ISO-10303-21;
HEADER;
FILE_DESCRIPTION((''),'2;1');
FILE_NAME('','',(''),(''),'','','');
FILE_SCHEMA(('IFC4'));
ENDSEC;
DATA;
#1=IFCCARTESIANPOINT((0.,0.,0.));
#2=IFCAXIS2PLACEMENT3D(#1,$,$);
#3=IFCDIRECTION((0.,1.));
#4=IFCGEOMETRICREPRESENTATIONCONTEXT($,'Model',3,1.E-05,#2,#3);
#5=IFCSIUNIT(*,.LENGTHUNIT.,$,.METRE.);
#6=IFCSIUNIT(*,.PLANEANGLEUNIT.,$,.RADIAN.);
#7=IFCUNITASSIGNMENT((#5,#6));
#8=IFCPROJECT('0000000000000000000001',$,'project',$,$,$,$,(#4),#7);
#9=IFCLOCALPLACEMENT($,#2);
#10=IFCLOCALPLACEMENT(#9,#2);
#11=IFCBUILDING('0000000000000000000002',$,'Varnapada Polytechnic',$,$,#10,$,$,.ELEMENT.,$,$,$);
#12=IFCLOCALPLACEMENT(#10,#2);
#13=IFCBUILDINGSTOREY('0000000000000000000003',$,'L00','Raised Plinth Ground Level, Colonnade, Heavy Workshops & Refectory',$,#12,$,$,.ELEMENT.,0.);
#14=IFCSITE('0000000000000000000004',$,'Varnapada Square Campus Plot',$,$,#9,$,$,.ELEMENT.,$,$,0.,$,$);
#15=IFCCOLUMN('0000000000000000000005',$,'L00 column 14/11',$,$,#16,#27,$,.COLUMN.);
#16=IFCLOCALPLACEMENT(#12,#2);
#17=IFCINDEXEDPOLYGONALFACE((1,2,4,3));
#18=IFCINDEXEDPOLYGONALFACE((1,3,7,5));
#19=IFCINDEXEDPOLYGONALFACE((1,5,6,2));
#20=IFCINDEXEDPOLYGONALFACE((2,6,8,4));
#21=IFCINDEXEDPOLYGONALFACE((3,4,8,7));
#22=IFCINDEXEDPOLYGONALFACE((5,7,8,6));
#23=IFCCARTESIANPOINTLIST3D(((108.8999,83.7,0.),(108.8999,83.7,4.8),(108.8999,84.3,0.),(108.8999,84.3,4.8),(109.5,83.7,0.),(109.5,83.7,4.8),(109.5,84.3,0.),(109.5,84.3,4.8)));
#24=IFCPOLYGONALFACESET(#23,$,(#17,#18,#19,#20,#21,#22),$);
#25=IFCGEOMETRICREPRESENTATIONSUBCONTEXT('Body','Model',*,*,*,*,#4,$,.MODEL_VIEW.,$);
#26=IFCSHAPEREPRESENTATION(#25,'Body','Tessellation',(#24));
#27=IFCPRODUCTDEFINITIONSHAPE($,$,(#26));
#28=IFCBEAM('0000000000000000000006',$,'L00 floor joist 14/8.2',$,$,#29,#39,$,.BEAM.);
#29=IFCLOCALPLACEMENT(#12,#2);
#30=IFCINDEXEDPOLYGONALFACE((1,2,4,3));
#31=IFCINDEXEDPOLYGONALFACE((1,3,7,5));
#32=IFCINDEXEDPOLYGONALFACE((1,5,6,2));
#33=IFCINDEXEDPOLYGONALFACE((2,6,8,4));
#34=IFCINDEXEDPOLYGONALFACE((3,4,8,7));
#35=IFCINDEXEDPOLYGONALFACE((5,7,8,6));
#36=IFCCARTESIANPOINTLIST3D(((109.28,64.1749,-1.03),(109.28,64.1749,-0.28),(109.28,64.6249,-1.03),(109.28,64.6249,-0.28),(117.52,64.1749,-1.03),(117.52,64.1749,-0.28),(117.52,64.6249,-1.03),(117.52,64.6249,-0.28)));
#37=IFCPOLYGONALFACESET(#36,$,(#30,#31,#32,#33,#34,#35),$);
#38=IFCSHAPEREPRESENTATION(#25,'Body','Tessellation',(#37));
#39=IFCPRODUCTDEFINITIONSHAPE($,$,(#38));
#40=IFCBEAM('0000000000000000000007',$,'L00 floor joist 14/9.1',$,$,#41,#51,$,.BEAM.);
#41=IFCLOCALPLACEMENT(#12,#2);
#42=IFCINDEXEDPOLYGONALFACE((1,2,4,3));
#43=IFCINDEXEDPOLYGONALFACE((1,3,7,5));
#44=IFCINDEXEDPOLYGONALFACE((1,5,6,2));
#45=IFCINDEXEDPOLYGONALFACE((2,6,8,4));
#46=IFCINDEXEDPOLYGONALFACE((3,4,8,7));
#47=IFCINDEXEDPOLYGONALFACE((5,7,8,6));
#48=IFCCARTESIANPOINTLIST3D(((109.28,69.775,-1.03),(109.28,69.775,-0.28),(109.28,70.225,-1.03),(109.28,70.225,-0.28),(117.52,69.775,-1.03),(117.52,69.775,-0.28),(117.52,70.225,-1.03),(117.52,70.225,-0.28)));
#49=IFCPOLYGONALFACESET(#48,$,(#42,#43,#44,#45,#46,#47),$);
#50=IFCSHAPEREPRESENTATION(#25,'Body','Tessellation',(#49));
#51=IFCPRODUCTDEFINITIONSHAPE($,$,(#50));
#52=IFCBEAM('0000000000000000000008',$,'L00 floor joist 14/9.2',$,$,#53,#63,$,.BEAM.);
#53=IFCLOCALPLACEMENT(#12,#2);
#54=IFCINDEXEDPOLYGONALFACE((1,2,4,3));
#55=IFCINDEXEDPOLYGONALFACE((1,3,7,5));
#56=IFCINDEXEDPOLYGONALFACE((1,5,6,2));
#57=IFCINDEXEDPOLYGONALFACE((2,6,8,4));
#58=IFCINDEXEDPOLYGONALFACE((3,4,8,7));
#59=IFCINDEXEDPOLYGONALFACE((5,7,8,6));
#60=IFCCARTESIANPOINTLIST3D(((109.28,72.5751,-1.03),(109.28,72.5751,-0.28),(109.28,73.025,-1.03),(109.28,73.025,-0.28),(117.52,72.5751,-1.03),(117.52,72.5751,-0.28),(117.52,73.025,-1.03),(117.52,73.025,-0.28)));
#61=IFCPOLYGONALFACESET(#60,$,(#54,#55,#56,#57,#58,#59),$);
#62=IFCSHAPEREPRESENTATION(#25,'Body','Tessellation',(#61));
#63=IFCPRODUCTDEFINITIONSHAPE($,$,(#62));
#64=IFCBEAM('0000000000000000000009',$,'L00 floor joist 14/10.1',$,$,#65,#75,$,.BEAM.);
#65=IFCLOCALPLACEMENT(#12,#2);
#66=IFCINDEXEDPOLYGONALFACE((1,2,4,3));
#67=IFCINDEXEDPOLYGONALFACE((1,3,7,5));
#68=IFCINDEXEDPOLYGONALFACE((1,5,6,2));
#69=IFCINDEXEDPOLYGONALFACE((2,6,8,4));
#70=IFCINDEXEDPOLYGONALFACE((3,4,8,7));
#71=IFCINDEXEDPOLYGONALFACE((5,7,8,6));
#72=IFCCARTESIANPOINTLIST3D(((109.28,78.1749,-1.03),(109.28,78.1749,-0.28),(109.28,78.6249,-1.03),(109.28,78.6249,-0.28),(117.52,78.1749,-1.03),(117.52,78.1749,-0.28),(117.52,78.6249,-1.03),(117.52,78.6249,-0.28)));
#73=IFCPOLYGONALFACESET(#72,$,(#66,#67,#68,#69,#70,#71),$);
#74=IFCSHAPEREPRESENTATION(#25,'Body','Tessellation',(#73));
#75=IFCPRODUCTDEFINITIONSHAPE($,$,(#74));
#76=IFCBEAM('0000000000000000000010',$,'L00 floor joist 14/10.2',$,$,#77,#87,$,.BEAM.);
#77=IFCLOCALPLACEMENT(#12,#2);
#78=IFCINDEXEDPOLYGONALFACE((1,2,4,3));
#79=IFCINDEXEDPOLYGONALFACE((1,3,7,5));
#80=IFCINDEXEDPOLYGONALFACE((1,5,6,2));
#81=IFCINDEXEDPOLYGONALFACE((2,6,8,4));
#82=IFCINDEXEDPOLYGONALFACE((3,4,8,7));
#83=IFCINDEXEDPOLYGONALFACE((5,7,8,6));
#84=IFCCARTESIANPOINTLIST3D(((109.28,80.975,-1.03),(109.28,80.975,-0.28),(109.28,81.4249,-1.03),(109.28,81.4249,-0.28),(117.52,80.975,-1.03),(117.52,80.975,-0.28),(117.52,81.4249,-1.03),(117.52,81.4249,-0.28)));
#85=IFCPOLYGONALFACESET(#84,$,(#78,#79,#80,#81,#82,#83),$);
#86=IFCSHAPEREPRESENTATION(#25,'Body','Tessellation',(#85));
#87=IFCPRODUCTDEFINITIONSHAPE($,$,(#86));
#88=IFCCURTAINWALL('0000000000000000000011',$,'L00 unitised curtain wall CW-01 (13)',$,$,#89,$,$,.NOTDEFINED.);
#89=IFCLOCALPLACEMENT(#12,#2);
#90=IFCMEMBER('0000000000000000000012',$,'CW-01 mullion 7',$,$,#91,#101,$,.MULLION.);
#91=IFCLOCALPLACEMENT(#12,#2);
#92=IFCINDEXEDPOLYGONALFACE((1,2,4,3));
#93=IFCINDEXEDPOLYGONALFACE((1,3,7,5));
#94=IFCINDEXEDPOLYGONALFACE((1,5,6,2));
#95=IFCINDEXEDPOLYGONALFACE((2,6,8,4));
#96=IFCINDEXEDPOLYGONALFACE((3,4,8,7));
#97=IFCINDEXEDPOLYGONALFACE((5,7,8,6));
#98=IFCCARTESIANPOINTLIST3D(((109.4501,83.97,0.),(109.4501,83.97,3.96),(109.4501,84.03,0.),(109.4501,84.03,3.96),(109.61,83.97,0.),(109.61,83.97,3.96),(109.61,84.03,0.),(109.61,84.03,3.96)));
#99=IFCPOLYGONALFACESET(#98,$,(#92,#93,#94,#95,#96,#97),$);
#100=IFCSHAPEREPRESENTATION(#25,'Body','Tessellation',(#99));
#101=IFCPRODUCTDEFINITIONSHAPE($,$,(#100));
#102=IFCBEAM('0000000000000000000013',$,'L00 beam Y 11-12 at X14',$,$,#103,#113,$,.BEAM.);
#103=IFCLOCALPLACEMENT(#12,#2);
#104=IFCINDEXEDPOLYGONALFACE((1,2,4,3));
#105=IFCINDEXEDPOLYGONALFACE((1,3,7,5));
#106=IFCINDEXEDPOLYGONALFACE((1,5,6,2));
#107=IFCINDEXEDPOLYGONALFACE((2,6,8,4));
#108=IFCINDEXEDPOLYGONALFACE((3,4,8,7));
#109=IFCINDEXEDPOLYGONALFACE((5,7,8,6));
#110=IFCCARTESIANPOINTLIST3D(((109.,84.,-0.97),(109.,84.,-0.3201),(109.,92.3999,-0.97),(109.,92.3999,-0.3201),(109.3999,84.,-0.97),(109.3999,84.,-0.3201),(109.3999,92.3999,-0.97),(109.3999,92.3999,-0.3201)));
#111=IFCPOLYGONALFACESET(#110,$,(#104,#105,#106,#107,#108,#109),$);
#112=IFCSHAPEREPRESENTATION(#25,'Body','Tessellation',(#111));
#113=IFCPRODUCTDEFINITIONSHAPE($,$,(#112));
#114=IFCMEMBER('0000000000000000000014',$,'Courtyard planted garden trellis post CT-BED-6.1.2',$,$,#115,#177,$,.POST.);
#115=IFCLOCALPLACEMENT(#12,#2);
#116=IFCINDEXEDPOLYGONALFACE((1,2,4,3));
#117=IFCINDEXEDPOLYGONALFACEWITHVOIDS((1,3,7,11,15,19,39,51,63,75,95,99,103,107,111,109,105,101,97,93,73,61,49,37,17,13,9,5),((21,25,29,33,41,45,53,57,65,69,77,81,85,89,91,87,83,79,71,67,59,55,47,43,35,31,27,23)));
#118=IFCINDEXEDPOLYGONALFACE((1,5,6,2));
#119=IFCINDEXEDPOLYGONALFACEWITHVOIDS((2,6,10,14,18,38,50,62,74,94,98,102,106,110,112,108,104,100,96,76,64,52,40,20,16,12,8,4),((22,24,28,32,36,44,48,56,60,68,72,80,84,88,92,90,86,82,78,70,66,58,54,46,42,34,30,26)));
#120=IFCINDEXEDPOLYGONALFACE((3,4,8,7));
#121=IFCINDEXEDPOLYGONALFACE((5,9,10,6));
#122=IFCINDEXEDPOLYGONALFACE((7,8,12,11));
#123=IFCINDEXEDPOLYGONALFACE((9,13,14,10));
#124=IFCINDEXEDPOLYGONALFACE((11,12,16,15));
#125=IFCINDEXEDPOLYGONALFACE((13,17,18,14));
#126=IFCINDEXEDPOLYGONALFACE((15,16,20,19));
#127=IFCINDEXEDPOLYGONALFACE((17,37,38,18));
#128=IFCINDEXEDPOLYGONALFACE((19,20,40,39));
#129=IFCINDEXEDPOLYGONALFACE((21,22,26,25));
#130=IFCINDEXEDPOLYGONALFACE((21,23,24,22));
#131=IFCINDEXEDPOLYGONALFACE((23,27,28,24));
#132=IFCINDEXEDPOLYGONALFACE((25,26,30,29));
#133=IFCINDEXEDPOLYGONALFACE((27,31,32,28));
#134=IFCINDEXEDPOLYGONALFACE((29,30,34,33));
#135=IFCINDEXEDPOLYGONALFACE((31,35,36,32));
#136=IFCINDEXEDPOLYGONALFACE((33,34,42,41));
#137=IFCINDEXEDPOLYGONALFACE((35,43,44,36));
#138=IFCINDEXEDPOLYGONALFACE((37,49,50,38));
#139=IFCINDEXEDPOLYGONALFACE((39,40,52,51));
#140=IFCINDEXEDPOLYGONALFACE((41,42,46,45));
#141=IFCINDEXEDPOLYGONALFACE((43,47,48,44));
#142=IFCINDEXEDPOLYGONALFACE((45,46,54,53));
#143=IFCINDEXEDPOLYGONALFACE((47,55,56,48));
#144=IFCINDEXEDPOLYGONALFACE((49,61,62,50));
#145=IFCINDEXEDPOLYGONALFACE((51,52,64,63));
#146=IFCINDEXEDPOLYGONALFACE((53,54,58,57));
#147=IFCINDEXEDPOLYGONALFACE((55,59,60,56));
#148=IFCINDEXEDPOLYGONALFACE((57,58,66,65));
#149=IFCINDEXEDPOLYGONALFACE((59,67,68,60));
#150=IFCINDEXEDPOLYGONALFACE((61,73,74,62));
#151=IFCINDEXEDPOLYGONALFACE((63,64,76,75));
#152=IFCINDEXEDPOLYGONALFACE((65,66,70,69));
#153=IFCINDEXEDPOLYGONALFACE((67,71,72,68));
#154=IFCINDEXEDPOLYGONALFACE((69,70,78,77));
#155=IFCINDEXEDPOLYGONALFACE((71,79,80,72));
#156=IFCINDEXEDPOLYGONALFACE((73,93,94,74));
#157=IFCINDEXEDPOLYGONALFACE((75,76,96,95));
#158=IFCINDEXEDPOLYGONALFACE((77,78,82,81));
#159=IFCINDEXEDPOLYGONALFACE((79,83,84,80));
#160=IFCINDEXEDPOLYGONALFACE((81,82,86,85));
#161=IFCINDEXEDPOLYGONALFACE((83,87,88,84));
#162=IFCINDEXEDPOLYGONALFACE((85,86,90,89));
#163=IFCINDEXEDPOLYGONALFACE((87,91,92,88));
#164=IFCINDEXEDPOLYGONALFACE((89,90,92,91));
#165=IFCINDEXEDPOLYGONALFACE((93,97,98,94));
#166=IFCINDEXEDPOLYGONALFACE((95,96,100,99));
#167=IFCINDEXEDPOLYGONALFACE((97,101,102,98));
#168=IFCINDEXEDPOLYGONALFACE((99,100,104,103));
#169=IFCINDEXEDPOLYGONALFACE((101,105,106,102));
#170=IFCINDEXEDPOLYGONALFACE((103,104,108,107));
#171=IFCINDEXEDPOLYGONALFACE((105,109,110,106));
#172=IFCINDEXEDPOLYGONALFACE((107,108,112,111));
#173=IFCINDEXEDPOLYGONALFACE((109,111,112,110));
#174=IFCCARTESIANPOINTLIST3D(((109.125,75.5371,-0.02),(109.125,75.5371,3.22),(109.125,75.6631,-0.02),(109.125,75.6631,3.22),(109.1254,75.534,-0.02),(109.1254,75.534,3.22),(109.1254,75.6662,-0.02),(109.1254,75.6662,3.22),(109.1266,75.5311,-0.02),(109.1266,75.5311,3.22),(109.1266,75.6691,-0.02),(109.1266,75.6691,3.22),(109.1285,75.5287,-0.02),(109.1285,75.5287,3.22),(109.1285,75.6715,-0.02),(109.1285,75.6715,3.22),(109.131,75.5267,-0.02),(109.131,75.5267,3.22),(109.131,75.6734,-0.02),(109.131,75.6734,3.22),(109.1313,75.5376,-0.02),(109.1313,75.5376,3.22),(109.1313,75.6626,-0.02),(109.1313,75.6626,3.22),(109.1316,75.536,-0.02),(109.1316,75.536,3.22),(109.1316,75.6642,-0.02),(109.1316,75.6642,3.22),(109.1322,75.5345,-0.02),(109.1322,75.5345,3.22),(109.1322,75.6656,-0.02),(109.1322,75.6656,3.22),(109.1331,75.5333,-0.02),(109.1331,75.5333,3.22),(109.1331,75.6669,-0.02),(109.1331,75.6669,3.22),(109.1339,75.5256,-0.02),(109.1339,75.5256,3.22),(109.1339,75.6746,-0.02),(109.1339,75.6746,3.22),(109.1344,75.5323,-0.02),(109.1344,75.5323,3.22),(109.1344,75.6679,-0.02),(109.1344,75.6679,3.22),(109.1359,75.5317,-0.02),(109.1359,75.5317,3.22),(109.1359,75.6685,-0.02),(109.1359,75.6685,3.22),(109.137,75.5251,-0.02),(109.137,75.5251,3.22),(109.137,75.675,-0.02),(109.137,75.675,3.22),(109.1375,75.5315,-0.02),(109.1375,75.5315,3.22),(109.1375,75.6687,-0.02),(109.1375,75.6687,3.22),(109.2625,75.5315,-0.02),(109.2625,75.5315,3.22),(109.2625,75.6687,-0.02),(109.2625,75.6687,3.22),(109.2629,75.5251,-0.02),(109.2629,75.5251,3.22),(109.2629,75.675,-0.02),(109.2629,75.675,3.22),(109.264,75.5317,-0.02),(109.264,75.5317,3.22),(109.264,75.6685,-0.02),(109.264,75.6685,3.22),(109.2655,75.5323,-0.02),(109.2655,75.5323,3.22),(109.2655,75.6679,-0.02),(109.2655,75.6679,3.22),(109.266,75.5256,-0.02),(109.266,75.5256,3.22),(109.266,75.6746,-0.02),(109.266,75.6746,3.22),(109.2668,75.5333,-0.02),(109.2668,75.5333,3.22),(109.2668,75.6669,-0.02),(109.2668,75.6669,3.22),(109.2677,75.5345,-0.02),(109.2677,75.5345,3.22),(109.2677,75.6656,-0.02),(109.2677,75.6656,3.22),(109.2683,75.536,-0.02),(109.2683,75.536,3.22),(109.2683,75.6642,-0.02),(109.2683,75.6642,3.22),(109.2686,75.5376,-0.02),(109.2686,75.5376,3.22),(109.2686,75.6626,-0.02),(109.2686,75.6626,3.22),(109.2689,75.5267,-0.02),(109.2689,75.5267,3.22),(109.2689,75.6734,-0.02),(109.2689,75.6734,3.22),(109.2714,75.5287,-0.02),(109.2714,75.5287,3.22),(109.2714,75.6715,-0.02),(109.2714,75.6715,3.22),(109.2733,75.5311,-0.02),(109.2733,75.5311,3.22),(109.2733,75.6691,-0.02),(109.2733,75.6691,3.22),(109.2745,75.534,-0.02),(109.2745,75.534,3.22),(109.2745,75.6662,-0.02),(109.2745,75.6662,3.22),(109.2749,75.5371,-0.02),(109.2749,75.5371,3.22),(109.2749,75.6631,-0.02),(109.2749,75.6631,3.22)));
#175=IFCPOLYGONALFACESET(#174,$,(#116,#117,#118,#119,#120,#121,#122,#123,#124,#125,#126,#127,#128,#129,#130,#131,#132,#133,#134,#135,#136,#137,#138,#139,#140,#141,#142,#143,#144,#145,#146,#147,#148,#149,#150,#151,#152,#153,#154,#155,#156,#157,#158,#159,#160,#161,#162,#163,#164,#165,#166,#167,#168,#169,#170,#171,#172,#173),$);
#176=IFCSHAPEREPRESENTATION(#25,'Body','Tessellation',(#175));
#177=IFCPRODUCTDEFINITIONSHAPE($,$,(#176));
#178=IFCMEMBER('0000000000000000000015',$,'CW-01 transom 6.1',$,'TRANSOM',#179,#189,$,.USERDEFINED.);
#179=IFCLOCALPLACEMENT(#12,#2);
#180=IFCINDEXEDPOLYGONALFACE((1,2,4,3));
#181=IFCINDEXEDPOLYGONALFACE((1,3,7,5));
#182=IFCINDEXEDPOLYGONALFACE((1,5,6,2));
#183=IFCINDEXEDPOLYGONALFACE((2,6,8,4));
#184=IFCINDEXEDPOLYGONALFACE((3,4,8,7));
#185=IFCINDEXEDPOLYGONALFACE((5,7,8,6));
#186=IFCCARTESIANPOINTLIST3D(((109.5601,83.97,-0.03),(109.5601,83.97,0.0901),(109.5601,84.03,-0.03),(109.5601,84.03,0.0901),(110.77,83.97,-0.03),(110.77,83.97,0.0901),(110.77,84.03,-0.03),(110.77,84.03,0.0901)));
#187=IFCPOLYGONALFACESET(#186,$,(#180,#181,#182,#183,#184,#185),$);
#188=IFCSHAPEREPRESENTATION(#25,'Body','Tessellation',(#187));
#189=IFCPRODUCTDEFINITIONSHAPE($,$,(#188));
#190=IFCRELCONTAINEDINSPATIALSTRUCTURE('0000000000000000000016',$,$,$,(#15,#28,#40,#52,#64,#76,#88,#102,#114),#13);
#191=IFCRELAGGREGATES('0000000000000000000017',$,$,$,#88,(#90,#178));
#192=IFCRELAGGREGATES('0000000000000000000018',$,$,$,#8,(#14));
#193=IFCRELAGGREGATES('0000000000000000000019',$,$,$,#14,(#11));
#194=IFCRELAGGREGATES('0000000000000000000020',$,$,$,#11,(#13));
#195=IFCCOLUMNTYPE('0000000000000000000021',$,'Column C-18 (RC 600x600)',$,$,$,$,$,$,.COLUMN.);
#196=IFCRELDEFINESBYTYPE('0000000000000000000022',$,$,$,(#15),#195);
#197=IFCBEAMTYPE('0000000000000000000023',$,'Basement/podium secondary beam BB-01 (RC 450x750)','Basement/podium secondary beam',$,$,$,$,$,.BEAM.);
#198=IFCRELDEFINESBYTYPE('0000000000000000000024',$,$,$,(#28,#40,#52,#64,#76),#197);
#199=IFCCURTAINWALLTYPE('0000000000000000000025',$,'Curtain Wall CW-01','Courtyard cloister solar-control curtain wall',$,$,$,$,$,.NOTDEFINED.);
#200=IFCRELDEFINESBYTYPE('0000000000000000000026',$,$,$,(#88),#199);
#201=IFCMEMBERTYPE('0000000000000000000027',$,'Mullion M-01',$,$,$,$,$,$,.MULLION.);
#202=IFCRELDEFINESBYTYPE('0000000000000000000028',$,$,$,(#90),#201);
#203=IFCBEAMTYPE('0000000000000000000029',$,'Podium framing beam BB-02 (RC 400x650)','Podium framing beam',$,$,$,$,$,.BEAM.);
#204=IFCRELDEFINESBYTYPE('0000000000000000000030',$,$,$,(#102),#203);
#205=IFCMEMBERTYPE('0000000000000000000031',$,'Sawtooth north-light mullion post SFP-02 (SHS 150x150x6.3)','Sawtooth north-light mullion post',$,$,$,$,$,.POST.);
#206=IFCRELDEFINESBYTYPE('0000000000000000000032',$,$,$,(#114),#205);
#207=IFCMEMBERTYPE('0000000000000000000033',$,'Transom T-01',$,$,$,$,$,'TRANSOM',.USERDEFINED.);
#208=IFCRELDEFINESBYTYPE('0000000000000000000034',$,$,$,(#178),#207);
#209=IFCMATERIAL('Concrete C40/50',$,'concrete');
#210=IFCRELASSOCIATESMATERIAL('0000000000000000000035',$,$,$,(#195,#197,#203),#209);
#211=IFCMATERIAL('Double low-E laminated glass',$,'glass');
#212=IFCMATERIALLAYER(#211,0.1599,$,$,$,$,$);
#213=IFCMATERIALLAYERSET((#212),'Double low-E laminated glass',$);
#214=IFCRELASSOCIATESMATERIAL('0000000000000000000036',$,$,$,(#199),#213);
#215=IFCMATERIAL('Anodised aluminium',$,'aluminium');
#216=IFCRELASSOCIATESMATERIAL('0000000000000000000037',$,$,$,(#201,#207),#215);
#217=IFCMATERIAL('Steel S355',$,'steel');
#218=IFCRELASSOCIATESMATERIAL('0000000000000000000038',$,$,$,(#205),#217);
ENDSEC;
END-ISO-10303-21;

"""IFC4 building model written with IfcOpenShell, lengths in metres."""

from ifc_helpers import new_model, si_unit, direction, frame, origin, origin_2d, place, context, subcontext, project, spatial, rectangle, hollow_rectangle, extrude, material, layer, layer_set, material_profile, profile_set, type_object, element, aggregate, save


model = new_model("IFC4")

# Units and contexts
model_context = context("Model", 3, precision=1e-05, world=origin(), true_north=direction((0.0, 1.0)))
body_context = subcontext(model_context, "Body", "Model", "MODEL_VIEW")
ifc_project = project(units=[si_unit("LENGTHUNIT", "METRE"), si_unit("PLANEANGLEUNIT", "RADIAN")], contexts=[model_context])

# Site, building, storey
site_placement = place(None, origin())
site = spatial("IfcSite", under=ifc_project, at=site_placement, Name="Varnapada Square Campus Plot", CompositionType="ELEMENT", RefElevation=0.0)
building_placement = place(site_placement, origin())
building = spatial("IfcBuilding", under=site, at=building_placement, Name="Varnapada Polytechnic", CompositionType="ELEMENT")
storey_placement = place(building_placement, origin())
storey = spatial("IfcBuildingStorey", under=building, at=storey_placement, Name="L00", Description="Raised Plinth Ground Level, Colonnade, Heavy Workshops & Refectory", CompositionType="ELEMENT", Elevation=0.0)

# Column
ifc_material_1 = material(Name="Concrete C40/50", Category="concrete")
ifc_material_profile_1 = material_profile(ifc_material_1, rectangle(XDim=0.6001, YDim=0.6001, at=origin_2d()), Name="RC 600x600")
ifc_profile_set_1 = profile_set([ifc_material_profile_1], Name="Concrete C40/50")
column_type = type_object("IfcColumnType", Name="Column C-18 (RC 600x600)", PredefinedType="COLUMN", material=ifc_profile_set_1)
column_placement = place(storey_placement, frame((109.2, 84.0, 0.0), z_axis=(0.0, 0.0, 1.0), x_axis=(1.0, 0.0, 0.0)))
element("IfcColumn", 1, at=column_placement, inside=storey, type_object=column_type, Name="L00 column 14/11", PredefinedType="COLUMN", context=body_context, shape_type="SweptSolid", body=[
    extrude(rectangle(XDim=0.6001, YDim=0.6001, at=origin_2d()), origin(), (0.0, 0.0, 1.0), 4.8),
])

# Beams
ifc_material_profile_2 = material_profile(ifc_material_1, rectangle(XDim=0.45, YDim=0.75, at=origin_2d()), Name="RC 450x750")
ifc_profile_set_2 = profile_set([ifc_material_profile_2], Name="Concrete C40/50")
beam_type_1 = type_object("IfcBeamType", Name="Basement/podium secondary beam BB-01 (RC 450x750)", Description="Basement/podium secondary beam", PredefinedType="BEAM", material=ifc_profile_set_2)
for number, where, z_axis, x_axis, name in (
    (2, (109.28, 64.3999, -0.655), (1.0, 0.0, 0.0), (0.0, 1.0, 0.0), "L00 floor joist 14/8.2"),
    (3, (109.28, 70.0, -0.655), (1.0, 0.0, 0.0), (0.0, 1.0, 0.0), "L00 floor joist 14/9.1"),
    (4, (109.28, 72.8, -0.655), (1.0, 0.0, 0.0), (0.0, 1.0, 0.0), "L00 floor joist 14/9.2"),
    (5, (109.28, 78.3999, -0.655), (1.0, 0.0, 0.0), (0.0, 1.0, 0.0), "L00 floor joist 14/10.1"),
    (6, (109.28, 81.2, -0.655), (1.0, 0.0, 0.0), (0.0, 1.0, 0.0), "L00 floor joist 14/10.2"),
):
    element("IfcBeam", number, at=place(storey_placement, frame(where, z_axis=z_axis, x_axis=x_axis)), inside=storey, type_object=beam_type_1, Name=name, PredefinedType="BEAM", context=body_context, shape_type="SweptSolid", body=[
        extrude(rectangle(XDim=0.45, YDim=0.75, at=origin_2d()), origin(), (0.0, 0.0, 1.0), 8.24),
    ])

# Curtain wall, member
ifc_material_2 = material(Name="Double low-E laminated glass", Category="glass")
ifc_layer_1 = layer(ifc_material_2, 0.1599)
ifc_layer_set_1 = layer_set([ifc_layer_1], Name="Double low-E laminated glass")
curtain_wall_type = type_object("IfcCurtainWallType", Name="Curtain Wall CW-01", Description="Courtyard cloister solar-control curtain wall", PredefinedType="NOTDEFINED", material=ifc_layer_set_1)
curtain_wall_placement = place(storey_placement, origin())
curtain_wall = element("IfcCurtainWall", 7, at=curtain_wall_placement, inside=storey, type_object=curtain_wall_type, Name="L00 unitised curtain wall CW-01 (13)", PredefinedType="NOTDEFINED")
ifc_material_3 = material(Name="Anodised aluminium", Category="aluminium")
ifc_material_profile_3 = material_profile(ifc_material_3, rectangle(XDim=0.0601, YDim=0.1599, at=origin_2d()), Name="ALU M60x160")
ifc_profile_set_3 = profile_set([ifc_material_profile_3], Name="Anodised aluminium")
member_type_1 = type_object("IfcMemberType", Name="Mullion M-01", PredefinedType="MULLION", material=ifc_profile_set_3)
member_1_placement = place(storey_placement, frame((109.53, 84.0, 0.0), z_axis=(0.0, 0.0, 1.0), x_axis=(0.0, -1.0, 0.0)))
member_1 = element("IfcMember", 8, at=member_1_placement, type_object=member_type_1, Name="CW-01 mullion 7", PredefinedType="MULLION", context=body_context, shape_type="SweptSolid", body=[
    extrude(rectangle(XDim=0.0601, YDim=0.1599, at=origin_2d()), origin(), (0.0, 0.0, 1.0), 3.96),
])

# Beam
ifc_material_profile_4 = material_profile(ifc_material_1, rectangle(XDim=0.3999, YDim=0.6499, at=origin_2d()), Name="RC 400x650")
ifc_profile_set_4 = profile_set([ifc_material_profile_4], Name="Concrete C40/50")
beam_type_2 = type_object("IfcBeamType", Name="Podium framing beam BB-02 (RC 400x650)", Description="Podium framing beam", PredefinedType="BEAM", material=ifc_profile_set_4)
beam_1_placement = place(storey_placement, frame((109.2, 84.0, -0.645), z_axis=(0.0, 1.0, 0.0), x_axis=(-1.0, 0.0, 0.0)))
element("IfcBeam", 9, at=beam_1_placement, inside=storey, type_object=beam_type_2, Name="L00 beam Y 11-12 at X14", PredefinedType="BEAM", context=body_context, shape_type="SweptSolid", body=[
    extrude(rectangle(XDim=0.3999, YDim=0.6499, at=origin_2d()), origin(), (0.0, 0.0, 1.0), 8.3999),
])

# Members
ifc_material_4 = material(Name="Steel S355", Category="steel")
ifc_material_profile_5 = material_profile(ifc_material_4, hollow_rectangle(XDim=0.1499, YDim=0.1499, WallThickness=0.0063, InnerFilletRadius=0.0061, OuterFilletRadius=0.012, at=origin_2d()), Name="SHS 150x150x6.3")
ifc_profile_set_5 = profile_set([ifc_material_profile_5], Name="Steel S355")
member_type_2 = type_object("IfcMemberType", Name="Sawtooth north-light mullion post SFP-02 (SHS 150x150x6.3)", Description="Sawtooth north-light mullion post", PredefinedType="POST", material=ifc_profile_set_5)
member_2_placement = place(storey_placement, frame((109.2, 75.6001, -0.02), z_axis=(0.0, 0.0, 1.0), x_axis=(1.0, 0.0, 0.0)))
element("IfcMember", 10, at=member_2_placement, inside=storey, type_object=member_type_2, Name="Courtyard planted garden trellis post CT-BED-6.1.2", PredefinedType="POST", context=body_context, shape_type="SweptSolid", body=[
    extrude(hollow_rectangle(XDim=0.1499, YDim=0.1499, WallThickness=0.0063, InnerFilletRadius=0.0061, OuterFilletRadius=0.012, at=origin_2d()), origin(), (0.0, 0.0, 1.0), 3.24),
])
ifc_material_profile_6 = material_profile(ifc_material_3, rectangle(XDim=0.0601, YDim=0.1201, at=origin_2d()), Name="ALU T60x120")
ifc_profile_set_6 = profile_set([ifc_material_profile_6], Name="Anodised aluminium")
member_type_3 = type_object("IfcMemberType", Name="Transom T-01", ElementType="TRANSOM", PredefinedType="USERDEFINED", material=ifc_profile_set_6)
member_3_placement = place(storey_placement, frame((110.77, 84.0, 0.03), z_axis=(-1.0, 0.0, 0.0), x_axis=(0.0, -1.0, 0.0)))
member_3 = element("IfcMember", 11, at=member_3_placement, type_object=member_type_3, Name="CW-01 transom 6.1", ObjectType="TRANSOM", PredefinedType="USERDEFINED", context=body_context, shape_type="SweptSolid", body=[
    extrude(rectangle(XDim=0.0601, YDim=0.1201, at=origin_2d()), origin(), (0.0, 0.0, 1.0), 1.21),
])

aggregate(curtain_wall, [member_1, member_3])

save(model, "model.ifc")
